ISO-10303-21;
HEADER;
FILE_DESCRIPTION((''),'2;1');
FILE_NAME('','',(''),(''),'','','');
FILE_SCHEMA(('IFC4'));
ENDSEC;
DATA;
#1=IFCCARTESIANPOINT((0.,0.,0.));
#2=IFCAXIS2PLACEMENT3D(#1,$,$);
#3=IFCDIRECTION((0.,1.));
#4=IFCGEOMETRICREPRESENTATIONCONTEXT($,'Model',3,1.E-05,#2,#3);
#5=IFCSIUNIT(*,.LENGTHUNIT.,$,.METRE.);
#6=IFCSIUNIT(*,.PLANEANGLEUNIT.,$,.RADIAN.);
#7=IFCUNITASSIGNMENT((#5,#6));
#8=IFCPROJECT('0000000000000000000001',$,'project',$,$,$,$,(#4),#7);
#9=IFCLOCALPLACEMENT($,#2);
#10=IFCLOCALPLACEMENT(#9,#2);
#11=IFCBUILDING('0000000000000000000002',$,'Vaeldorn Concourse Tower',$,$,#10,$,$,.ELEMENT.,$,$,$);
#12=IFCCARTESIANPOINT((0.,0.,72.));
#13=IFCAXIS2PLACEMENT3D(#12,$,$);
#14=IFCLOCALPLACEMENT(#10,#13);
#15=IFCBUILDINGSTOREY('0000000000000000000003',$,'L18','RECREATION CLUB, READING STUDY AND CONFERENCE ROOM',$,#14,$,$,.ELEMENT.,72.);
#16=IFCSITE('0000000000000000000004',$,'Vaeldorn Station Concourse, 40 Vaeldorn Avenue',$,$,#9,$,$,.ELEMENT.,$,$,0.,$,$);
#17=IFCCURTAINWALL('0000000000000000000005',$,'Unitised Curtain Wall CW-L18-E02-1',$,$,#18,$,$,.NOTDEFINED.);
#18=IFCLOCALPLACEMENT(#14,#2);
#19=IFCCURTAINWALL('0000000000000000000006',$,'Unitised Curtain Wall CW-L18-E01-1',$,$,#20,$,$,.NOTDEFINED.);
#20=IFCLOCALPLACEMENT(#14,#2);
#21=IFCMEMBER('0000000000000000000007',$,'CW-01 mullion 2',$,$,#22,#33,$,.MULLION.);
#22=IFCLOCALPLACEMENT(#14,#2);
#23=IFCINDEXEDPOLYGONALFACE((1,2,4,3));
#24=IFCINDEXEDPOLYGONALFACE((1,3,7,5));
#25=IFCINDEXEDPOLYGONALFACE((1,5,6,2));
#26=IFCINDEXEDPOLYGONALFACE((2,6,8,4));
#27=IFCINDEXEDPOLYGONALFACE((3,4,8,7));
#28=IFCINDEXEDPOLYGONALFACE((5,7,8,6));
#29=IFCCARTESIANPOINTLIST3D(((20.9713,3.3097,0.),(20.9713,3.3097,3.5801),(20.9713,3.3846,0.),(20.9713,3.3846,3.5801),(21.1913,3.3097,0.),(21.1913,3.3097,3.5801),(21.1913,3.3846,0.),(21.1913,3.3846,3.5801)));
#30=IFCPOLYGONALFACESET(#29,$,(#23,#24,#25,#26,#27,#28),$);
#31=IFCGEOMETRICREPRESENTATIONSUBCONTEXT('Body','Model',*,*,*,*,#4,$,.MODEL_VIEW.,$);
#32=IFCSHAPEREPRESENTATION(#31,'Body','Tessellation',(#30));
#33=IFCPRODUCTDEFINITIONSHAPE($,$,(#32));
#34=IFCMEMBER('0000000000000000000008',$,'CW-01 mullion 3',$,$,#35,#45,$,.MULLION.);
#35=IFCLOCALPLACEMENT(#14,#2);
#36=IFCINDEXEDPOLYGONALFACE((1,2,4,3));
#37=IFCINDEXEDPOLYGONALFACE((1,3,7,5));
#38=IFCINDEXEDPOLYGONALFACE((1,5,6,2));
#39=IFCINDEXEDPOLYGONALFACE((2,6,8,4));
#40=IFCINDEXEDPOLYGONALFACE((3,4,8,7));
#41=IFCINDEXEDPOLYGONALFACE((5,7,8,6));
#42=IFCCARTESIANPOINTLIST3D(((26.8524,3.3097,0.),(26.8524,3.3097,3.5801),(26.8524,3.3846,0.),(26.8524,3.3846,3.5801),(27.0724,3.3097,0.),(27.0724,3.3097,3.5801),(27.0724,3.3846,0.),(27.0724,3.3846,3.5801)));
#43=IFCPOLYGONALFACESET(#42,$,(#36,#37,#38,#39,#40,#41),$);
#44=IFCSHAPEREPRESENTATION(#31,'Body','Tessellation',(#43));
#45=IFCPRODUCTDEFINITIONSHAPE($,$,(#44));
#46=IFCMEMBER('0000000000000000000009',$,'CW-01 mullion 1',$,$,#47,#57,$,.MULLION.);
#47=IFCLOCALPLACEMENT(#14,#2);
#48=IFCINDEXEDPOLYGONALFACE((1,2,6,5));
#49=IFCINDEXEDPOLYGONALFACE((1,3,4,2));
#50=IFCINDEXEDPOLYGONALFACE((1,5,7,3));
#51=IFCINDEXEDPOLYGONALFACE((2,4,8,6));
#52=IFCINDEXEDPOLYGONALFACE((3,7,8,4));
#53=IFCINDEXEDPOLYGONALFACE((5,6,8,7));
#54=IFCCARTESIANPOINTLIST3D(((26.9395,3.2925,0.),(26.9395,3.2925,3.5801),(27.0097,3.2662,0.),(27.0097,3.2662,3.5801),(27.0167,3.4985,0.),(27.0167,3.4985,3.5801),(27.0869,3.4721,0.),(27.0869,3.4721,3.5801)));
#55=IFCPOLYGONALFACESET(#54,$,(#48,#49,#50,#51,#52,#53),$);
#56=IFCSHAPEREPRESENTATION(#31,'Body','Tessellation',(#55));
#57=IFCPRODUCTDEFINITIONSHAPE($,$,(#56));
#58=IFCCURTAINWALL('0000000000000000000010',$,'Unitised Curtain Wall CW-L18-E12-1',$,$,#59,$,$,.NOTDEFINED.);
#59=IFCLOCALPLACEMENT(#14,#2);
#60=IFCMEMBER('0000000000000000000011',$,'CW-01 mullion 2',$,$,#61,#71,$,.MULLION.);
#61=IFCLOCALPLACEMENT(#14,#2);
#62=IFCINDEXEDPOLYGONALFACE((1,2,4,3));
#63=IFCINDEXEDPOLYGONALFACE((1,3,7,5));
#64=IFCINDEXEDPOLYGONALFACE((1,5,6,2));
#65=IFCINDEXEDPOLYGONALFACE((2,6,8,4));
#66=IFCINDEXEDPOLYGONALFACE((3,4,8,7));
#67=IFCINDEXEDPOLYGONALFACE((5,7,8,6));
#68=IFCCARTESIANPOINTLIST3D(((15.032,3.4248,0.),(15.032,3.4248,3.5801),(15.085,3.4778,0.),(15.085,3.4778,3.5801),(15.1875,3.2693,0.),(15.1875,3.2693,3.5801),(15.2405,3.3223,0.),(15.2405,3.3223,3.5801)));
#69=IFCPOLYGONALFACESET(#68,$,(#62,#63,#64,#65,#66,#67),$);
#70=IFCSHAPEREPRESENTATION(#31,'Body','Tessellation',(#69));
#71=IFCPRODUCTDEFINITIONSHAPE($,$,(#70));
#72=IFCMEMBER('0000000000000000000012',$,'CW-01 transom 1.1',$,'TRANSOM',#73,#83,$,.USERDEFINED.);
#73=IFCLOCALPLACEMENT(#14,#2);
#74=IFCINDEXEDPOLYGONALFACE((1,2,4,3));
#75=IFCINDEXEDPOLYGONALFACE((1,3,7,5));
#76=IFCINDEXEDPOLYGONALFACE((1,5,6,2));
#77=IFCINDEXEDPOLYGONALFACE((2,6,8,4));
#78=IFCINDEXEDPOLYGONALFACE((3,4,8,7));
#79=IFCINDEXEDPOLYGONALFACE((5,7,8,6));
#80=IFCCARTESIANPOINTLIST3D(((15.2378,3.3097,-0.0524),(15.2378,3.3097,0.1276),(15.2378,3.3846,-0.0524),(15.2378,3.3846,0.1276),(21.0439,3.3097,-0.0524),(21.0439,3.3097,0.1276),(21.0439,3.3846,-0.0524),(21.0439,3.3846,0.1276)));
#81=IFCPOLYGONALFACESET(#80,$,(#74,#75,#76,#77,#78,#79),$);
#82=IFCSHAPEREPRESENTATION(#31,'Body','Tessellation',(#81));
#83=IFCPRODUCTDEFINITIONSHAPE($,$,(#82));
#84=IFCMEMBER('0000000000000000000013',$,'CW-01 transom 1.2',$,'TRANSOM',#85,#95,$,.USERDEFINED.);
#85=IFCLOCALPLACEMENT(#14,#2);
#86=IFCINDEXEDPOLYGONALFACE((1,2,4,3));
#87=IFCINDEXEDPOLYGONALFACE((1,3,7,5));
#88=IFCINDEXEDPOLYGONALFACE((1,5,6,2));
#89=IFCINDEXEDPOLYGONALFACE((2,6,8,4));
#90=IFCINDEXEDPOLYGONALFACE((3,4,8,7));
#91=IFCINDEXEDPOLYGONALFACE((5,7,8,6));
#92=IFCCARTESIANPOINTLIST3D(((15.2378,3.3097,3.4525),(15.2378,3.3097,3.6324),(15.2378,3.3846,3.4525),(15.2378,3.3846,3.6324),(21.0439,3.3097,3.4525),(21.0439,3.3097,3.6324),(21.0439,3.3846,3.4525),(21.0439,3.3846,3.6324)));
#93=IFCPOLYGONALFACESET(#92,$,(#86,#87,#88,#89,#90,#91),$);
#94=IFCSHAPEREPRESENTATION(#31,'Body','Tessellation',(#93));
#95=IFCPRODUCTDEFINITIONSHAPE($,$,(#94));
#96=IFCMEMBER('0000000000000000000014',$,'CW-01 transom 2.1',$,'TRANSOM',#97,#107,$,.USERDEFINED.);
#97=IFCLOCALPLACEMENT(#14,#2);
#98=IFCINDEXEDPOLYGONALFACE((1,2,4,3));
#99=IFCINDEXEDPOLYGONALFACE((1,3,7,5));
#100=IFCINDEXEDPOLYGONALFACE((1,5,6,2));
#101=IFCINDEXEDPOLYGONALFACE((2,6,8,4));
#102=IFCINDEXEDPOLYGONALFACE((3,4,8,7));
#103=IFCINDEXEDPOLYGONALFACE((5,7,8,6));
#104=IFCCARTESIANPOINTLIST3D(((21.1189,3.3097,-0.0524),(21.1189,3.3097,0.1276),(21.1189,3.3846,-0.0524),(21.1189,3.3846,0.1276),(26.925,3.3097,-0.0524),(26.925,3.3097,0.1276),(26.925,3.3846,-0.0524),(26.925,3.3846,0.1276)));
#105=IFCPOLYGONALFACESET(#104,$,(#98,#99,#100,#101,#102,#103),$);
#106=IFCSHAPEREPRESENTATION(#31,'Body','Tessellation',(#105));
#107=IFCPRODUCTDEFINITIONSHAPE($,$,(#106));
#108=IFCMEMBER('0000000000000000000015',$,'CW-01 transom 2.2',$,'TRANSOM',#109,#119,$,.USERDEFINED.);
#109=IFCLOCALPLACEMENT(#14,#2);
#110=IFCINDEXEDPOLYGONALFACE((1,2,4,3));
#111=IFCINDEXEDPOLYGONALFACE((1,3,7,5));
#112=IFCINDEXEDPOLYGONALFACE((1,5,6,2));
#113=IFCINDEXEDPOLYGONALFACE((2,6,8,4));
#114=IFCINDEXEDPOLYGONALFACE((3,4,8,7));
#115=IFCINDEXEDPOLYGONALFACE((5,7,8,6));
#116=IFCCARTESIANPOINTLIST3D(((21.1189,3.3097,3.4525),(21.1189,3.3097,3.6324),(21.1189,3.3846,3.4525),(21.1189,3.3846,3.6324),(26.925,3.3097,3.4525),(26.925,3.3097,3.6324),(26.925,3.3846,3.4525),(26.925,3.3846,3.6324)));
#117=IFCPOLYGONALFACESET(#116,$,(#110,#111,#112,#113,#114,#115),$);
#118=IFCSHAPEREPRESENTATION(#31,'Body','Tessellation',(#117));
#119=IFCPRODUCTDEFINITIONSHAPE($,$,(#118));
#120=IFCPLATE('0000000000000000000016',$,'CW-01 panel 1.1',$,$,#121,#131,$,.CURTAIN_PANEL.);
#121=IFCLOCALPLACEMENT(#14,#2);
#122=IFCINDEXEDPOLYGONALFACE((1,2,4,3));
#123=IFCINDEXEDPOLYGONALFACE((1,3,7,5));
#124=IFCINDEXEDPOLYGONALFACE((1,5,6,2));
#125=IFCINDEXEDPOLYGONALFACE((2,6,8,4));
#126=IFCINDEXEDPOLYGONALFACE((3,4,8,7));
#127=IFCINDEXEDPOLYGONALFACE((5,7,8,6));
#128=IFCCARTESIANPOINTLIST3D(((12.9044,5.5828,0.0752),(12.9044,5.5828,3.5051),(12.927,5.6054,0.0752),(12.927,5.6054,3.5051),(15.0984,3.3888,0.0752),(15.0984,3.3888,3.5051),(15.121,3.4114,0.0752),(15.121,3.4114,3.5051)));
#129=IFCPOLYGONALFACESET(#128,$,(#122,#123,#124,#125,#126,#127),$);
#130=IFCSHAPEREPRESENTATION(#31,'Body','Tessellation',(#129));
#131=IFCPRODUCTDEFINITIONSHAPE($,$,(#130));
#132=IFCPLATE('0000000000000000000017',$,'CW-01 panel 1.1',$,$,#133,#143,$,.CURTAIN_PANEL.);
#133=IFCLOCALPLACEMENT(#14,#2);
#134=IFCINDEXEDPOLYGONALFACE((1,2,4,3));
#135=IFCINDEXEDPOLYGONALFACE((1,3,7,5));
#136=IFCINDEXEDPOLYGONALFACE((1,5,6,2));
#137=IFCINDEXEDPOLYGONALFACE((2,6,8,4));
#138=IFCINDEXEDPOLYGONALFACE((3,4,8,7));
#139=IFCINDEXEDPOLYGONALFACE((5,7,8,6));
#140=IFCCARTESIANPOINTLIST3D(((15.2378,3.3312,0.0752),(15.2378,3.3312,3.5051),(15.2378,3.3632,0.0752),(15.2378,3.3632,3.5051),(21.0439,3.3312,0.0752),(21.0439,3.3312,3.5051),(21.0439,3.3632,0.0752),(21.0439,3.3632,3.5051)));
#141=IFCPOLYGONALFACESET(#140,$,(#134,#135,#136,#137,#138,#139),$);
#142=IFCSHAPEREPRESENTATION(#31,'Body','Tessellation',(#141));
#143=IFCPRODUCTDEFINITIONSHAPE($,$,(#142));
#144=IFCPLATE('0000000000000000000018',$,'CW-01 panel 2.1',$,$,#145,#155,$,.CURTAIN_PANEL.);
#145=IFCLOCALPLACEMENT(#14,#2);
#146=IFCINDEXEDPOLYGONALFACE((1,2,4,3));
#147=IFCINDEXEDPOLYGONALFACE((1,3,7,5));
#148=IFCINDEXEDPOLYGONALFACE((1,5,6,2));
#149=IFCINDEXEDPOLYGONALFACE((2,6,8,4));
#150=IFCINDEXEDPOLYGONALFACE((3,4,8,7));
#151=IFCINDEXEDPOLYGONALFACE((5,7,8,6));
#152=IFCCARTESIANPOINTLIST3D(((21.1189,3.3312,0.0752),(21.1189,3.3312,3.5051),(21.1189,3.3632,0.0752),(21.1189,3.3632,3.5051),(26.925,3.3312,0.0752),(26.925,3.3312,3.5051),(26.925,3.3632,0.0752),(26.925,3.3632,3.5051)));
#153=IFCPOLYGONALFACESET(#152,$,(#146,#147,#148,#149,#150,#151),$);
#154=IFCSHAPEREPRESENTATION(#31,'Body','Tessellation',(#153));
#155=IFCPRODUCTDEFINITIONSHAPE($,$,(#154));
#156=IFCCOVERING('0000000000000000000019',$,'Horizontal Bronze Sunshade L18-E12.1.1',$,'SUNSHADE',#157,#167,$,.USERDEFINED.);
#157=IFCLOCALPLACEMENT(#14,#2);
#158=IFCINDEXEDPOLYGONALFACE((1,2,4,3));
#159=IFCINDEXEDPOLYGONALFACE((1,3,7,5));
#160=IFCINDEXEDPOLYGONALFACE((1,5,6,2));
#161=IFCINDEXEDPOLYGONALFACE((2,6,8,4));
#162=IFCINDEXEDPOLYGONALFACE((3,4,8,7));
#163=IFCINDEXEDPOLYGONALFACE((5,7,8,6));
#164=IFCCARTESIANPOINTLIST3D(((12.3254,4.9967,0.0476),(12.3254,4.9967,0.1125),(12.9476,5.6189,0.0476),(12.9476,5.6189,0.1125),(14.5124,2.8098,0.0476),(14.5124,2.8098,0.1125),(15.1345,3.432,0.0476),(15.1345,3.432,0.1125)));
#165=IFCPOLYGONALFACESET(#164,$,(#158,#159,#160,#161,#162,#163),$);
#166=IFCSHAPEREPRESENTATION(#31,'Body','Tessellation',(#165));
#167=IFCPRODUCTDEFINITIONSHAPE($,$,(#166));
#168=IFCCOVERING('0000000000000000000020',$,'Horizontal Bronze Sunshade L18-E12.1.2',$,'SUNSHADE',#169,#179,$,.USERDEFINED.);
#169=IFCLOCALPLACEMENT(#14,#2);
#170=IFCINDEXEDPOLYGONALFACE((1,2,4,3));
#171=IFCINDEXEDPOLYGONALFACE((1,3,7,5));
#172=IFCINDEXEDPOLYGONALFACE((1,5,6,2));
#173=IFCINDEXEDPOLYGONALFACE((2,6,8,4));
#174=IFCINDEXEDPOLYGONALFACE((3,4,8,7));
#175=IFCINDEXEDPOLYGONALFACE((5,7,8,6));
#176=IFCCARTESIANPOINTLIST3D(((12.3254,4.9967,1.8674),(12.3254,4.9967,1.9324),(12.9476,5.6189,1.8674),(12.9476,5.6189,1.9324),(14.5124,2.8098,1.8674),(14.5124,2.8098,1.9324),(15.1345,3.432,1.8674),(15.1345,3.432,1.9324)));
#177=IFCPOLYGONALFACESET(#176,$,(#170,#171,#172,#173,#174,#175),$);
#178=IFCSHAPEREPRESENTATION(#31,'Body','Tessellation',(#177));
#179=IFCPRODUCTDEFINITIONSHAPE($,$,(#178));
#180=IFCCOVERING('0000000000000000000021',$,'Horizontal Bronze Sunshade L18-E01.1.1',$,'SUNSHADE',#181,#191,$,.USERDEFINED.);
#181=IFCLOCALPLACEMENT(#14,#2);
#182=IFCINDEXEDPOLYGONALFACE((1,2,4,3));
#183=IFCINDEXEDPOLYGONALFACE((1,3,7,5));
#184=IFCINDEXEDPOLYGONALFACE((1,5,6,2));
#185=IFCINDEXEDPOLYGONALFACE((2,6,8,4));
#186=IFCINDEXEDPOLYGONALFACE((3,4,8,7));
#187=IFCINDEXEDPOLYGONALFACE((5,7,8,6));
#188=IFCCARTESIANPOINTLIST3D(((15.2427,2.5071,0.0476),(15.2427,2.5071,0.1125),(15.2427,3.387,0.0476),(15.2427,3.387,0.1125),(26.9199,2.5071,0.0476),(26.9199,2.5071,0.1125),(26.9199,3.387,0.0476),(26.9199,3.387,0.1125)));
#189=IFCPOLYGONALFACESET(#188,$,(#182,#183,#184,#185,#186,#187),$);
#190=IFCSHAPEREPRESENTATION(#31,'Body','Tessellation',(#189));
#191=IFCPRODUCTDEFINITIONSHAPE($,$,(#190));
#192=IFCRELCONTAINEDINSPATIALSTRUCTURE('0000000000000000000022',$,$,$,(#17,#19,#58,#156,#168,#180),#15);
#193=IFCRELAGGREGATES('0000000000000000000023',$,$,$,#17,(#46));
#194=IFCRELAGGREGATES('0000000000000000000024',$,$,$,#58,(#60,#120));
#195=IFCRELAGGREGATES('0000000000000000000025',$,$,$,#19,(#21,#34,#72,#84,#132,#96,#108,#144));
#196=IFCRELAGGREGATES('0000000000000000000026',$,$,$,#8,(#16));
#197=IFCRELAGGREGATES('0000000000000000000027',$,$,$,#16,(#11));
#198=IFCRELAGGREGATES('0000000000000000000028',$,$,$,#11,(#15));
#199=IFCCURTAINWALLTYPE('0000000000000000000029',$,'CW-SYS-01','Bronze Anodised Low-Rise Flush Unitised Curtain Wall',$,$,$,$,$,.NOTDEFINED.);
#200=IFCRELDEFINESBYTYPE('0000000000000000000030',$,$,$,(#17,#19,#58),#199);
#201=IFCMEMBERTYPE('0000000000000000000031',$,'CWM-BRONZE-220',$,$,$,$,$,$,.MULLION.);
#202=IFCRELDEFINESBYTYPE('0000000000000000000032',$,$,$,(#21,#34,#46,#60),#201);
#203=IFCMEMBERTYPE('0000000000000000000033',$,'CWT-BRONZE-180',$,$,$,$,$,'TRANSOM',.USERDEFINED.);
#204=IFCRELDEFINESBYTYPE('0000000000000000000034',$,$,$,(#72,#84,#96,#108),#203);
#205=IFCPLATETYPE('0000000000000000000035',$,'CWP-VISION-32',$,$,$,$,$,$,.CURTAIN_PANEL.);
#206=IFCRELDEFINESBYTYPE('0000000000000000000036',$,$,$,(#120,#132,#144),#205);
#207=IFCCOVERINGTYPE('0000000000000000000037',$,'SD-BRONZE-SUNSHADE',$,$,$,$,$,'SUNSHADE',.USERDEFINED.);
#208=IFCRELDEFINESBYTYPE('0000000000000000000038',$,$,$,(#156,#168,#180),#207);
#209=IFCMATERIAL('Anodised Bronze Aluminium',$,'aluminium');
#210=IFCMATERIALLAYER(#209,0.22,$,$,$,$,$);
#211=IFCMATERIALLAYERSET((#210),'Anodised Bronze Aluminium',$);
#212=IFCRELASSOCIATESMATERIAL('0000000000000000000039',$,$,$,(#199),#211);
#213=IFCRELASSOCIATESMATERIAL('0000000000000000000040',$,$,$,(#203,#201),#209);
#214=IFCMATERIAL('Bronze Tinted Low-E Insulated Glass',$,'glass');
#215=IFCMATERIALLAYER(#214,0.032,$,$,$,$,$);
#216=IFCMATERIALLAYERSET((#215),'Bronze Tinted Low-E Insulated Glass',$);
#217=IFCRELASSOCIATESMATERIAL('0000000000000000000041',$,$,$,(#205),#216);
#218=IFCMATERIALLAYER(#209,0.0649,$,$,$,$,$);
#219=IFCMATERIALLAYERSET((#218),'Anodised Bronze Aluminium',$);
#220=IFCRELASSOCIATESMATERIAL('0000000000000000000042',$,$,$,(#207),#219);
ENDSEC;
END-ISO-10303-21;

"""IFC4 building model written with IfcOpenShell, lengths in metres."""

from ifc_helpers import new_model, si_unit, direction, frame, origin, origin_2d, place, context, subcontext, project, spatial, rectangle, extrude, source, transform, mapped, material, layer, layer_set, material_profile, profile_set, type_object, element, aggregate, save


model = new_model("IFC4")

# Units and contexts
model_context = context("Model", 3, precision=1e-05, world=origin(), true_north=direction((0.0, 1.0)))
body_context = subcontext(model_context, "Body", "Model", "MODEL_VIEW")
ifc_project = project(units=[si_unit("LENGTHUNIT", "METRE"), si_unit("PLANEANGLEUNIT", "RADIAN")], contexts=[model_context])

# Site, building, storey
site_placement = place(None, origin())
site = spatial("IfcSite", under=ifc_project, at=site_placement, Name="Vaeldorn Station Concourse, 40 Vaeldorn Avenue", CompositionType="ELEMENT", RefElevation=0.0)
building_placement = place(site_placement, origin())
building = spatial("IfcBuilding", under=site, at=building_placement, Name="Vaeldorn Concourse Tower", CompositionType="ELEMENT")
storey_placement = place(building_placement, frame((0.0, 0.0, 72.0)))
storey = spatial("IfcBuildingStorey", under=building, at=storey_placement, Name="L18", Description="RECREATION CLUB, READING STUDY AND CONFERENCE ROOM", CompositionType="ELEMENT", Elevation=72.0)

# Curtain walls, members
ifc_material_1 = material(Name="Anodised Bronze Aluminium", Category="aluminium")
ifc_layer_1 = layer(ifc_material_1, 0.22)
ifc_layer_set_1 = layer_set([ifc_layer_1], Name="Anodised Bronze Aluminium")
curtain_wall_type = type_object("IfcCurtainWallType", Name="CW-SYS-01", Description="Bronze Anodised Low-Rise Flush Unitised Curtain Wall", PredefinedType="NOTDEFINED", material=ifc_layer_set_1)
curtain_wall_1_placement = place(storey_placement, origin())
curtain_wall_1 = element("IfcCurtainWall", 1, at=curtain_wall_1_placement, inside=storey, type_object=curtain_wall_type, Name="Unitised Curtain Wall CW-L18-E02-1", PredefinedType="NOTDEFINED")
ifc_material_profile_1 = material_profile(ifc_material_1, rectangle(XDim=0.075, YDim=0.1799, at=origin_2d()), Name="CWT 75x180")
ifc_profile_set_1 = profile_set([ifc_material_profile_1], Name="Anodised Bronze Aluminium")
member_type_1 = type_object("IfcMemberType", Name="CWT-BRONZE-180", ElementType="TRANSOM", PredefinedType="USERDEFINED", material=ifc_profile_set_1)
curtain_wall_2_placement = place(storey_placement, origin())
curtain_wall_2 = element("IfcCurtainWall", 2, at=curtain_wall_2_placement, inside=storey, type_object=curtain_wall_type, Name="Unitised Curtain Wall CW-L18-E01-1", PredefinedType="NOTDEFINED")
ifc_material_profile_2 = material_profile(ifc_material_1, rectangle(XDim=0.075, YDim=0.22, at=origin_2d()), Name="CWM 75x220")
ifc_profile_set_2 = profile_set([ifc_material_profile_2], Name="Anodised Bronze Aluminium")
member_type_2 = type_object("IfcMemberType", Name="CWM-BRONZE-220", PredefinedType="MULLION", material=ifc_profile_set_2)
shared_shape_1 = source(origin(), body_context, "Body", "SweptSolid", [
    extrude(rectangle(XDim=0.075, YDim=0.22, at=origin_2d()), origin(), (0.0, 0.0, 1.0), 3.5801),
])
member_1_placement = place(storey_placement, frame((21.0813, 3.3472, 0.0), z_axis=(0.0, 0.0, 1.0), x_axis=(0.0, 1.0, 0.0)))
member_1 = element("IfcMember", 3, at=member_1_placement, type_object=member_type_2, Name="CW-01 mullion 2", PredefinedType="MULLION", context=body_context, shape_type="MappedRepresentation", body=[
    mapped(shared_shape_1, transform((0.0, 0.0, 0.0), scale=1.0)),
])
member_2_placement = place(storey_placement, frame((26.9624, 3.3472, 0.0), z_axis=(0.0, 0.0, 1.0), x_axis=(0.0, 1.0, 0.0)))
member_2 = element("IfcMember", 4, at=member_2_placement, type_object=member_type_2, Name="CW-01 mullion 3", PredefinedType="MULLION", context=body_context, shape_type="MappedRepresentation", body=[
    mapped(shared_shape_1, transform((0.0, 0.0, 0.0), scale=1.0)),
])

# Member
member_3_placement = place(storey_placement, frame((27.0132, 3.3823, 0.0), z_axis=(0.0, 0.0, 1.0), x_axis=(-0.936329, 0.351123, 0.0)))
member_3 = element("IfcMember", 5, at=member_3_placement, type_object=member_type_2, Name="CW-01 mullion 1", PredefinedType="MULLION", context=body_context, shape_type="MappedRepresentation", body=[
    mapped(shared_shape_1, transform((0.0, 0.0, 0.0), scale=1.0)),
])
aggregate(curtain_wall_1, [member_3])

# Curtain wall, member
curtain_wall_3_placement = place(storey_placement, origin())
curtain_wall_3 = element("IfcCurtainWall", 6, at=curtain_wall_3_placement, inside=storey, type_object=curtain_wall_type, Name="Unitised Curtain Wall CW-L18-E12-1", PredefinedType="NOTDEFINED")
member_4_placement = place(storey_placement, frame((15.1362, 3.3735, 0.0), z_axis=(0.0, 0.0, 1.0), x_axis=(0.707107, 0.707107, 0.0)))
member_4 = element("IfcMember", 7, at=member_4_placement, type_object=member_type_2, Name="CW-01 mullion 2", PredefinedType="MULLION", context=body_context, shape_type="MappedRepresentation", body=[
    mapped(shared_shape_1, transform((0.0, 0.0, 0.0), scale=1.0)),
])

# Members
shared_shape_2 = source(origin(), body_context, "Body", "SweptSolid", [
    extrude(rectangle(XDim=0.075, YDim=0.1799, at=origin_2d()), origin(), (0.0, 0.0, 1.0), 5.8062),
])
member_5_placement = place(storey_placement, frame((15.2378, 3.3472, 0.0376), z_axis=(1.0, 0.0, 0.0), x_axis=(0.0, 1.0, 0.0)))
member_5 = element("IfcMember", 8, at=member_5_placement, type_object=member_type_1, Name="CW-01 transom 1.1", ObjectType="TRANSOM", PredefinedType="USERDEFINED", context=body_context, shape_type="MappedRepresentation", body=[
    mapped(shared_shape_2, transform((0.0, 0.0, 0.0), scale=1.0)),
])
member_6_placement = place(storey_placement, frame((15.2378, 3.3472, 3.5425), z_axis=(1.0, 0.0, 0.0), x_axis=(0.0, 1.0, 0.0)))
member_6 = element("IfcMember", 9, at=member_6_placement, type_object=member_type_1, Name="CW-01 transom 1.2", ObjectType="TRANSOM", PredefinedType="USERDEFINED", context=body_context, shape_type="MappedRepresentation", body=[
    mapped(shared_shape_2, transform((0.0, 0.0, 0.0), scale=1.0)),
])
member_7_placement = place(storey_placement, frame((21.1189, 3.3472, 0.0376), z_axis=(1.0, 0.0, 0.0), x_axis=(0.0, 1.0, 0.0)))
member_7 = element("IfcMember", 10, at=member_7_placement, type_object=member_type_1, Name="CW-01 transom 2.1", ObjectType="TRANSOM", PredefinedType="USERDEFINED", context=body_context, shape_type="MappedRepresentation", body=[
    mapped(shared_shape_2, transform((0.0, 0.0, 0.0), scale=1.0)),
])
member_8_placement = place(storey_placement, frame((21.1189, 3.3472, 3.5425), z_axis=(1.0, 0.0, 0.0), x_axis=(0.0, 1.0, 0.0)))
member_8 = element("IfcMember", 11, at=member_8_placement, type_object=member_type_1, Name="CW-01 transom 2.2", ObjectType="TRANSOM", PredefinedType="USERDEFINED", context=body_context, shape_type="MappedRepresentation", body=[
    mapped(shared_shape_2, transform((0.0, 0.0, 0.0), scale=1.0)),
])

# Plates
ifc_material_2 = material(Name="Bronze Tinted Low-E Insulated Glass", Category="glass")
ifc_layer_2 = layer(ifc_material_2, 0.032)
ifc_layer_set_2 = layer_set([ifc_layer_2], Name="Bronze Tinted Low-E Insulated Glass")
plate_type = type_object("IfcPlateType", Name="CWP-VISION-32", PredefinedType="CURTAIN_PANEL", material=ifc_layer_set_2)
shared_shape_3 = source(origin(), body_context, "Body", "SweptSolid", [
    extrude(rectangle(XDim=3.1028, YDim=0.032, at=origin_2d()), origin(), (0.0, 0.0, 1.0), 3.4299),
])
plate_1_placement = place(storey_placement, frame((14.0127, 4.4971, 0.0752), z_axis=(0.0, 0.0, 1.0), x_axis=(0.707107, -0.707107, 0.0)))
plate_1 = element("IfcPlate", 12, at=plate_1_placement, type_object=plate_type, Name="CW-01 panel 1.1", PredefinedType="CURTAIN_PANEL", context=body_context, shape_type="MappedRepresentation", body=[
    mapped(shared_shape_3, transform((0.0, 0.0, 0.0), scale=1.0)),
])
aggregate(curtain_wall_3, [member_4, plate_1])
shared_shape_4 = source(origin(), body_context, "Body", "SweptSolid", [
    extrude(rectangle(XDim=5.8062, YDim=0.032, at=origin_2d()), origin(), (0.0, 0.0, 1.0), 3.4299),
])
plate_2_placement = place(storey_placement, frame((18.1409, 3.3472, 0.0752), z_axis=(0.0, 0.0, 1.0), x_axis=(1.0, 0.0, 0.0)))
plate_2 = element("IfcPlate", 13, at=plate_2_placement, type_object=plate_type, Name="CW-01 panel 1.1", PredefinedType="CURTAIN_PANEL", context=body_context, shape_type="MappedRepresentation", body=[
    mapped(shared_shape_4, transform((0.0, 0.0, 0.0), scale=1.0)),
])
plate_3_placement = place(storey_placement, frame((24.022, 3.3472, 0.0752), z_axis=(0.0, 0.0, 1.0), x_axis=(1.0, 0.0, 0.0)))
plate_3 = element("IfcPlate", 14, at=plate_3_placement, type_object=plate_type, Name="CW-01 panel 2.1", PredefinedType="CURTAIN_PANEL", context=body_context, shape_type="MappedRepresentation", body=[
    mapped(shared_shape_4, transform((0.0, 0.0, 0.0), scale=1.0)),
])
aggregate(curtain_wall_2, [member_1, member_2, member_5, member_6, plate_2, member_7, member_8, plate_3])

# Coverings
ifc_layer_3 = layer(ifc_material_1, 0.0649)
ifc_layer_set_3 = layer_set([ifc_layer_3], Name="Anodised Bronze Aluminium")
covering_type = type_object("IfcCoveringType", Name="SD-BRONZE-SUNSHADE", ElementType="SUNSHADE", PredefinedType="USERDEFINED", material=ifc_layer_set_3)
shared_shape_5 = source(origin(), body_context, "Body", "SweptSolid", [
    extrude(rectangle(XDim=3.0928, YDim=0.8799, at=origin_2d()), origin(), (0.0, 0.0, 1.0), 0.0649),
])
for number, where, z_axis, x_axis, name in (
    (15, (13.73, 4.2144, 0.0476), (0.0, 0.0, 1.0), (0.707107, -0.707107, 0.0), "Horizontal Bronze Sunshade L18-E12.1.1"),
    (16, (13.73, 4.2144, 1.8674), (0.0, 0.0, 1.0), (0.707107, -0.707107, 0.0), "Horizontal Bronze Sunshade L18-E12.1.2"),
):
    element("IfcCovering", number, at=place(storey_placement, frame(where, z_axis=z_axis, x_axis=x_axis)), inside=storey, type_object=covering_type, Name=name, ObjectType="SUNSHADE", PredefinedType="USERDEFINED", context=body_context, shape_type="MappedRepresentation", body=[
        mapped(shared_shape_5, transform((0.0, 0.0, 0.0), scale=1.0)),
    ])
shared_shape_6 = source(origin(), body_context, "Body", "SweptSolid", [
    extrude(rectangle(XDim=11.6772, YDim=0.8799, at=origin_2d()), origin(), (0.0, 0.0, 1.0), 0.0649),
])
for number, where, z_axis, x_axis, name in (
    (17, (21.0813, 2.947, 0.0476), (0.0, 0.0, 1.0), (1.0, 0.0, 0.0), "Horizontal Bronze Sunshade L18-E01.1.1"),
):
    element("IfcCovering", number, at=place(storey_placement, frame(where, z_axis=z_axis, x_axis=x_axis)), inside=storey, type_object=covering_type, Name=name, ObjectType="SUNSHADE", PredefinedType="USERDEFINED", context=body_context, shape_type="MappedRepresentation", body=[
        mapped(shared_shape_6, transform((0.0, 0.0, 0.0), scale=1.0)),
    ])

save(model, "model.ifc")
